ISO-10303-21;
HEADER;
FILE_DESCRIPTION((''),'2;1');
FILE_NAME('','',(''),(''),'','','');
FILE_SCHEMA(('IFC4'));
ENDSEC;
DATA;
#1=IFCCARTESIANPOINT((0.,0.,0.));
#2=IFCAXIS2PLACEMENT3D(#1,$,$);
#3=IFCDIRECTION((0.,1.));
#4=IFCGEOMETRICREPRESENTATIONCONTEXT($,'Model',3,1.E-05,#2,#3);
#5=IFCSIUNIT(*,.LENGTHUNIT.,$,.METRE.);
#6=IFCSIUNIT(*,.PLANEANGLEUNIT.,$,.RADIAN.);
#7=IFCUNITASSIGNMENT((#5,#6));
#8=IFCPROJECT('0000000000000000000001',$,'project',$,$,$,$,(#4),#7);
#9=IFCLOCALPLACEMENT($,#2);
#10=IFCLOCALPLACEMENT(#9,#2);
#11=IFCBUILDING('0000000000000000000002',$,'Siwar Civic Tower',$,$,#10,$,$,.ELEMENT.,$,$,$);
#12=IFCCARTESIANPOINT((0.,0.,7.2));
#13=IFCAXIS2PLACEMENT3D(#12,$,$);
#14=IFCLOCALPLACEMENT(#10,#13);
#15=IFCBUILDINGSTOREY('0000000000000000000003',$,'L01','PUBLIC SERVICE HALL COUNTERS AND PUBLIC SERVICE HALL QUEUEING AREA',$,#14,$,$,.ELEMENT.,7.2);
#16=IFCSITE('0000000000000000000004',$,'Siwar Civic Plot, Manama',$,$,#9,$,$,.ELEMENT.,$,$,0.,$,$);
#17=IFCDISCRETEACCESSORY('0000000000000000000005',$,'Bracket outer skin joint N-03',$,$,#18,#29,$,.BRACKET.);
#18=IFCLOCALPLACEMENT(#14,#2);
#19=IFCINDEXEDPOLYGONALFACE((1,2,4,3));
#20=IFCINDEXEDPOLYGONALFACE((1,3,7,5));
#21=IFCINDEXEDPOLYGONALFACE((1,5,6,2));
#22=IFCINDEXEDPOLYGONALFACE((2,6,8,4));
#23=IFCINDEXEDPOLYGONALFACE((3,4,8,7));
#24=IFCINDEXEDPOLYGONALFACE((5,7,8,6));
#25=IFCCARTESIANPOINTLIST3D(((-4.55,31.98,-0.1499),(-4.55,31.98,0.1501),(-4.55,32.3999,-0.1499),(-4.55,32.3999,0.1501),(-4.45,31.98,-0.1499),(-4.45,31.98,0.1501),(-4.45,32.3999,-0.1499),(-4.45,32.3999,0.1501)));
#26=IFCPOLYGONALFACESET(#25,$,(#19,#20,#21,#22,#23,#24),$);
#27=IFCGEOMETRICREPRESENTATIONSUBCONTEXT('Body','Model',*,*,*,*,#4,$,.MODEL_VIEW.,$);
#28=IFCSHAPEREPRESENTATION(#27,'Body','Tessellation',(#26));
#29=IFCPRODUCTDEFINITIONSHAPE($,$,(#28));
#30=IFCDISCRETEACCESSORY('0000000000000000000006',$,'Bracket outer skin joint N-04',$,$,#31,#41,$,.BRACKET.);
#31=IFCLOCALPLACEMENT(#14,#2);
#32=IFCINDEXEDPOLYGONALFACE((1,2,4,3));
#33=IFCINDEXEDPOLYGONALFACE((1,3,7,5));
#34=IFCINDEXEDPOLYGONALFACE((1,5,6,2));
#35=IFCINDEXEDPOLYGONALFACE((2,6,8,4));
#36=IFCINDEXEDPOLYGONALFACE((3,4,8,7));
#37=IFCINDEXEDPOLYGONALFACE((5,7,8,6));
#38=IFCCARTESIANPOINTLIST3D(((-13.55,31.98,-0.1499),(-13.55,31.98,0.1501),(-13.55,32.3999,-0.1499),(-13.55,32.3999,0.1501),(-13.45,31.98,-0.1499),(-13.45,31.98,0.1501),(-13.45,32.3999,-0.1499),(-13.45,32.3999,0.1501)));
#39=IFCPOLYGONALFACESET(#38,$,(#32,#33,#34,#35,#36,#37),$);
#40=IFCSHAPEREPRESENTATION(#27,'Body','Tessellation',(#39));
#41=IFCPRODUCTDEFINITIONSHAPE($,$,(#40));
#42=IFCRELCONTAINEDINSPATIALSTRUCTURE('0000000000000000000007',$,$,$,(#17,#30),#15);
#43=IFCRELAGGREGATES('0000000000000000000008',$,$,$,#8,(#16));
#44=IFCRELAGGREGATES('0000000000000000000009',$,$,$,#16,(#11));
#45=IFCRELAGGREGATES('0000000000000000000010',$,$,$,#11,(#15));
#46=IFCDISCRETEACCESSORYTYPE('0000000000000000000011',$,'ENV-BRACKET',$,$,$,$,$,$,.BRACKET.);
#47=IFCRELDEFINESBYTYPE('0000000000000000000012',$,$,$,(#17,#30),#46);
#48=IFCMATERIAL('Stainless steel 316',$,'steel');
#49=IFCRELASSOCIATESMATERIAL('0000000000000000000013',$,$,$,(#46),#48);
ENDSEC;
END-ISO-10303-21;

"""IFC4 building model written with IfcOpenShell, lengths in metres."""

from ifc_helpers import new_model, si_unit, direction, frame, origin, origin_2d, place, context, subcontext, project, spatial, rectangle, extrude, material, type_object, element, save


model = new_model("IFC4")

# Units and contexts
model_context = context("Model", 3, precision=1e-05, world=origin(), true_north=direction((0.0, 1.0)))
body_context = subcontext(model_context, "Body", "Model", "MODEL_VIEW")
ifc_project = project(units=[si_unit("LENGTHUNIT", "METRE"), si_unit("PLANEANGLEUNIT", "RADIAN")], contexts=[model_context])

# Site, building, storey
site_placement = place(None, origin())
site = spatial("IfcSite", under=ifc_project, at=site_placement, Name="Siwar Civic Plot, Manama", CompositionType="ELEMENT", RefElevation=0.0)
building_placement = place(site_placement, origin())
building = spatial("IfcBuilding", under=site, at=building_placement, Name="Siwar Civic Tower", CompositionType="ELEMENT")
storey_placement = place(building_placement, frame((0.0, 0.0, 7.2)))
storey = spatial("IfcBuildingStorey", under=building, at=storey_placement, Name="L01", Description="PUBLIC SERVICE HALL COUNTERS AND PUBLIC SERVICE HALL QUEUEING AREA", CompositionType="ELEMENT", Elevation=7.2)

# Discrete accessories
ifc_material_1 = material(Name="Stainless steel 316", Category="steel")
discrete_accessory_type = type_object("IfcDiscreteAccessoryType", Name="ENV-BRACKET", PredefinedType="BRACKET", material=ifc_material_1)
for number, where, z_axis, x_axis, name in (
    (1, (-4.5, 32.1899, -0.1499), (0.0, 0.0, 1.0), (0.0, 1.0, 0.0), "Bracket outer skin joint N-03"),
    (2, (-13.5, 32.1899, -0.1499), (0.0, 0.0, 1.0), (0.0, 1.0, 0.0), "Bracket outer skin joint N-04"),
):
    element("IfcDiscreteAccessory", number, at=place(storey_placement, frame(where, z_axis=z_axis, x_axis=x_axis)), inside=storey, type_object=discrete_accessory_type, Name=name, PredefinedType="BRACKET", context=body_context, shape_type="SweptSolid", body=[
        extrude(rectangle(XDim=0.4199, YDim=0.1001, at=origin_2d()), origin(), (0.0, 0.0, 1.0), 0.3),
    ])

save(model, "model.ifc")
